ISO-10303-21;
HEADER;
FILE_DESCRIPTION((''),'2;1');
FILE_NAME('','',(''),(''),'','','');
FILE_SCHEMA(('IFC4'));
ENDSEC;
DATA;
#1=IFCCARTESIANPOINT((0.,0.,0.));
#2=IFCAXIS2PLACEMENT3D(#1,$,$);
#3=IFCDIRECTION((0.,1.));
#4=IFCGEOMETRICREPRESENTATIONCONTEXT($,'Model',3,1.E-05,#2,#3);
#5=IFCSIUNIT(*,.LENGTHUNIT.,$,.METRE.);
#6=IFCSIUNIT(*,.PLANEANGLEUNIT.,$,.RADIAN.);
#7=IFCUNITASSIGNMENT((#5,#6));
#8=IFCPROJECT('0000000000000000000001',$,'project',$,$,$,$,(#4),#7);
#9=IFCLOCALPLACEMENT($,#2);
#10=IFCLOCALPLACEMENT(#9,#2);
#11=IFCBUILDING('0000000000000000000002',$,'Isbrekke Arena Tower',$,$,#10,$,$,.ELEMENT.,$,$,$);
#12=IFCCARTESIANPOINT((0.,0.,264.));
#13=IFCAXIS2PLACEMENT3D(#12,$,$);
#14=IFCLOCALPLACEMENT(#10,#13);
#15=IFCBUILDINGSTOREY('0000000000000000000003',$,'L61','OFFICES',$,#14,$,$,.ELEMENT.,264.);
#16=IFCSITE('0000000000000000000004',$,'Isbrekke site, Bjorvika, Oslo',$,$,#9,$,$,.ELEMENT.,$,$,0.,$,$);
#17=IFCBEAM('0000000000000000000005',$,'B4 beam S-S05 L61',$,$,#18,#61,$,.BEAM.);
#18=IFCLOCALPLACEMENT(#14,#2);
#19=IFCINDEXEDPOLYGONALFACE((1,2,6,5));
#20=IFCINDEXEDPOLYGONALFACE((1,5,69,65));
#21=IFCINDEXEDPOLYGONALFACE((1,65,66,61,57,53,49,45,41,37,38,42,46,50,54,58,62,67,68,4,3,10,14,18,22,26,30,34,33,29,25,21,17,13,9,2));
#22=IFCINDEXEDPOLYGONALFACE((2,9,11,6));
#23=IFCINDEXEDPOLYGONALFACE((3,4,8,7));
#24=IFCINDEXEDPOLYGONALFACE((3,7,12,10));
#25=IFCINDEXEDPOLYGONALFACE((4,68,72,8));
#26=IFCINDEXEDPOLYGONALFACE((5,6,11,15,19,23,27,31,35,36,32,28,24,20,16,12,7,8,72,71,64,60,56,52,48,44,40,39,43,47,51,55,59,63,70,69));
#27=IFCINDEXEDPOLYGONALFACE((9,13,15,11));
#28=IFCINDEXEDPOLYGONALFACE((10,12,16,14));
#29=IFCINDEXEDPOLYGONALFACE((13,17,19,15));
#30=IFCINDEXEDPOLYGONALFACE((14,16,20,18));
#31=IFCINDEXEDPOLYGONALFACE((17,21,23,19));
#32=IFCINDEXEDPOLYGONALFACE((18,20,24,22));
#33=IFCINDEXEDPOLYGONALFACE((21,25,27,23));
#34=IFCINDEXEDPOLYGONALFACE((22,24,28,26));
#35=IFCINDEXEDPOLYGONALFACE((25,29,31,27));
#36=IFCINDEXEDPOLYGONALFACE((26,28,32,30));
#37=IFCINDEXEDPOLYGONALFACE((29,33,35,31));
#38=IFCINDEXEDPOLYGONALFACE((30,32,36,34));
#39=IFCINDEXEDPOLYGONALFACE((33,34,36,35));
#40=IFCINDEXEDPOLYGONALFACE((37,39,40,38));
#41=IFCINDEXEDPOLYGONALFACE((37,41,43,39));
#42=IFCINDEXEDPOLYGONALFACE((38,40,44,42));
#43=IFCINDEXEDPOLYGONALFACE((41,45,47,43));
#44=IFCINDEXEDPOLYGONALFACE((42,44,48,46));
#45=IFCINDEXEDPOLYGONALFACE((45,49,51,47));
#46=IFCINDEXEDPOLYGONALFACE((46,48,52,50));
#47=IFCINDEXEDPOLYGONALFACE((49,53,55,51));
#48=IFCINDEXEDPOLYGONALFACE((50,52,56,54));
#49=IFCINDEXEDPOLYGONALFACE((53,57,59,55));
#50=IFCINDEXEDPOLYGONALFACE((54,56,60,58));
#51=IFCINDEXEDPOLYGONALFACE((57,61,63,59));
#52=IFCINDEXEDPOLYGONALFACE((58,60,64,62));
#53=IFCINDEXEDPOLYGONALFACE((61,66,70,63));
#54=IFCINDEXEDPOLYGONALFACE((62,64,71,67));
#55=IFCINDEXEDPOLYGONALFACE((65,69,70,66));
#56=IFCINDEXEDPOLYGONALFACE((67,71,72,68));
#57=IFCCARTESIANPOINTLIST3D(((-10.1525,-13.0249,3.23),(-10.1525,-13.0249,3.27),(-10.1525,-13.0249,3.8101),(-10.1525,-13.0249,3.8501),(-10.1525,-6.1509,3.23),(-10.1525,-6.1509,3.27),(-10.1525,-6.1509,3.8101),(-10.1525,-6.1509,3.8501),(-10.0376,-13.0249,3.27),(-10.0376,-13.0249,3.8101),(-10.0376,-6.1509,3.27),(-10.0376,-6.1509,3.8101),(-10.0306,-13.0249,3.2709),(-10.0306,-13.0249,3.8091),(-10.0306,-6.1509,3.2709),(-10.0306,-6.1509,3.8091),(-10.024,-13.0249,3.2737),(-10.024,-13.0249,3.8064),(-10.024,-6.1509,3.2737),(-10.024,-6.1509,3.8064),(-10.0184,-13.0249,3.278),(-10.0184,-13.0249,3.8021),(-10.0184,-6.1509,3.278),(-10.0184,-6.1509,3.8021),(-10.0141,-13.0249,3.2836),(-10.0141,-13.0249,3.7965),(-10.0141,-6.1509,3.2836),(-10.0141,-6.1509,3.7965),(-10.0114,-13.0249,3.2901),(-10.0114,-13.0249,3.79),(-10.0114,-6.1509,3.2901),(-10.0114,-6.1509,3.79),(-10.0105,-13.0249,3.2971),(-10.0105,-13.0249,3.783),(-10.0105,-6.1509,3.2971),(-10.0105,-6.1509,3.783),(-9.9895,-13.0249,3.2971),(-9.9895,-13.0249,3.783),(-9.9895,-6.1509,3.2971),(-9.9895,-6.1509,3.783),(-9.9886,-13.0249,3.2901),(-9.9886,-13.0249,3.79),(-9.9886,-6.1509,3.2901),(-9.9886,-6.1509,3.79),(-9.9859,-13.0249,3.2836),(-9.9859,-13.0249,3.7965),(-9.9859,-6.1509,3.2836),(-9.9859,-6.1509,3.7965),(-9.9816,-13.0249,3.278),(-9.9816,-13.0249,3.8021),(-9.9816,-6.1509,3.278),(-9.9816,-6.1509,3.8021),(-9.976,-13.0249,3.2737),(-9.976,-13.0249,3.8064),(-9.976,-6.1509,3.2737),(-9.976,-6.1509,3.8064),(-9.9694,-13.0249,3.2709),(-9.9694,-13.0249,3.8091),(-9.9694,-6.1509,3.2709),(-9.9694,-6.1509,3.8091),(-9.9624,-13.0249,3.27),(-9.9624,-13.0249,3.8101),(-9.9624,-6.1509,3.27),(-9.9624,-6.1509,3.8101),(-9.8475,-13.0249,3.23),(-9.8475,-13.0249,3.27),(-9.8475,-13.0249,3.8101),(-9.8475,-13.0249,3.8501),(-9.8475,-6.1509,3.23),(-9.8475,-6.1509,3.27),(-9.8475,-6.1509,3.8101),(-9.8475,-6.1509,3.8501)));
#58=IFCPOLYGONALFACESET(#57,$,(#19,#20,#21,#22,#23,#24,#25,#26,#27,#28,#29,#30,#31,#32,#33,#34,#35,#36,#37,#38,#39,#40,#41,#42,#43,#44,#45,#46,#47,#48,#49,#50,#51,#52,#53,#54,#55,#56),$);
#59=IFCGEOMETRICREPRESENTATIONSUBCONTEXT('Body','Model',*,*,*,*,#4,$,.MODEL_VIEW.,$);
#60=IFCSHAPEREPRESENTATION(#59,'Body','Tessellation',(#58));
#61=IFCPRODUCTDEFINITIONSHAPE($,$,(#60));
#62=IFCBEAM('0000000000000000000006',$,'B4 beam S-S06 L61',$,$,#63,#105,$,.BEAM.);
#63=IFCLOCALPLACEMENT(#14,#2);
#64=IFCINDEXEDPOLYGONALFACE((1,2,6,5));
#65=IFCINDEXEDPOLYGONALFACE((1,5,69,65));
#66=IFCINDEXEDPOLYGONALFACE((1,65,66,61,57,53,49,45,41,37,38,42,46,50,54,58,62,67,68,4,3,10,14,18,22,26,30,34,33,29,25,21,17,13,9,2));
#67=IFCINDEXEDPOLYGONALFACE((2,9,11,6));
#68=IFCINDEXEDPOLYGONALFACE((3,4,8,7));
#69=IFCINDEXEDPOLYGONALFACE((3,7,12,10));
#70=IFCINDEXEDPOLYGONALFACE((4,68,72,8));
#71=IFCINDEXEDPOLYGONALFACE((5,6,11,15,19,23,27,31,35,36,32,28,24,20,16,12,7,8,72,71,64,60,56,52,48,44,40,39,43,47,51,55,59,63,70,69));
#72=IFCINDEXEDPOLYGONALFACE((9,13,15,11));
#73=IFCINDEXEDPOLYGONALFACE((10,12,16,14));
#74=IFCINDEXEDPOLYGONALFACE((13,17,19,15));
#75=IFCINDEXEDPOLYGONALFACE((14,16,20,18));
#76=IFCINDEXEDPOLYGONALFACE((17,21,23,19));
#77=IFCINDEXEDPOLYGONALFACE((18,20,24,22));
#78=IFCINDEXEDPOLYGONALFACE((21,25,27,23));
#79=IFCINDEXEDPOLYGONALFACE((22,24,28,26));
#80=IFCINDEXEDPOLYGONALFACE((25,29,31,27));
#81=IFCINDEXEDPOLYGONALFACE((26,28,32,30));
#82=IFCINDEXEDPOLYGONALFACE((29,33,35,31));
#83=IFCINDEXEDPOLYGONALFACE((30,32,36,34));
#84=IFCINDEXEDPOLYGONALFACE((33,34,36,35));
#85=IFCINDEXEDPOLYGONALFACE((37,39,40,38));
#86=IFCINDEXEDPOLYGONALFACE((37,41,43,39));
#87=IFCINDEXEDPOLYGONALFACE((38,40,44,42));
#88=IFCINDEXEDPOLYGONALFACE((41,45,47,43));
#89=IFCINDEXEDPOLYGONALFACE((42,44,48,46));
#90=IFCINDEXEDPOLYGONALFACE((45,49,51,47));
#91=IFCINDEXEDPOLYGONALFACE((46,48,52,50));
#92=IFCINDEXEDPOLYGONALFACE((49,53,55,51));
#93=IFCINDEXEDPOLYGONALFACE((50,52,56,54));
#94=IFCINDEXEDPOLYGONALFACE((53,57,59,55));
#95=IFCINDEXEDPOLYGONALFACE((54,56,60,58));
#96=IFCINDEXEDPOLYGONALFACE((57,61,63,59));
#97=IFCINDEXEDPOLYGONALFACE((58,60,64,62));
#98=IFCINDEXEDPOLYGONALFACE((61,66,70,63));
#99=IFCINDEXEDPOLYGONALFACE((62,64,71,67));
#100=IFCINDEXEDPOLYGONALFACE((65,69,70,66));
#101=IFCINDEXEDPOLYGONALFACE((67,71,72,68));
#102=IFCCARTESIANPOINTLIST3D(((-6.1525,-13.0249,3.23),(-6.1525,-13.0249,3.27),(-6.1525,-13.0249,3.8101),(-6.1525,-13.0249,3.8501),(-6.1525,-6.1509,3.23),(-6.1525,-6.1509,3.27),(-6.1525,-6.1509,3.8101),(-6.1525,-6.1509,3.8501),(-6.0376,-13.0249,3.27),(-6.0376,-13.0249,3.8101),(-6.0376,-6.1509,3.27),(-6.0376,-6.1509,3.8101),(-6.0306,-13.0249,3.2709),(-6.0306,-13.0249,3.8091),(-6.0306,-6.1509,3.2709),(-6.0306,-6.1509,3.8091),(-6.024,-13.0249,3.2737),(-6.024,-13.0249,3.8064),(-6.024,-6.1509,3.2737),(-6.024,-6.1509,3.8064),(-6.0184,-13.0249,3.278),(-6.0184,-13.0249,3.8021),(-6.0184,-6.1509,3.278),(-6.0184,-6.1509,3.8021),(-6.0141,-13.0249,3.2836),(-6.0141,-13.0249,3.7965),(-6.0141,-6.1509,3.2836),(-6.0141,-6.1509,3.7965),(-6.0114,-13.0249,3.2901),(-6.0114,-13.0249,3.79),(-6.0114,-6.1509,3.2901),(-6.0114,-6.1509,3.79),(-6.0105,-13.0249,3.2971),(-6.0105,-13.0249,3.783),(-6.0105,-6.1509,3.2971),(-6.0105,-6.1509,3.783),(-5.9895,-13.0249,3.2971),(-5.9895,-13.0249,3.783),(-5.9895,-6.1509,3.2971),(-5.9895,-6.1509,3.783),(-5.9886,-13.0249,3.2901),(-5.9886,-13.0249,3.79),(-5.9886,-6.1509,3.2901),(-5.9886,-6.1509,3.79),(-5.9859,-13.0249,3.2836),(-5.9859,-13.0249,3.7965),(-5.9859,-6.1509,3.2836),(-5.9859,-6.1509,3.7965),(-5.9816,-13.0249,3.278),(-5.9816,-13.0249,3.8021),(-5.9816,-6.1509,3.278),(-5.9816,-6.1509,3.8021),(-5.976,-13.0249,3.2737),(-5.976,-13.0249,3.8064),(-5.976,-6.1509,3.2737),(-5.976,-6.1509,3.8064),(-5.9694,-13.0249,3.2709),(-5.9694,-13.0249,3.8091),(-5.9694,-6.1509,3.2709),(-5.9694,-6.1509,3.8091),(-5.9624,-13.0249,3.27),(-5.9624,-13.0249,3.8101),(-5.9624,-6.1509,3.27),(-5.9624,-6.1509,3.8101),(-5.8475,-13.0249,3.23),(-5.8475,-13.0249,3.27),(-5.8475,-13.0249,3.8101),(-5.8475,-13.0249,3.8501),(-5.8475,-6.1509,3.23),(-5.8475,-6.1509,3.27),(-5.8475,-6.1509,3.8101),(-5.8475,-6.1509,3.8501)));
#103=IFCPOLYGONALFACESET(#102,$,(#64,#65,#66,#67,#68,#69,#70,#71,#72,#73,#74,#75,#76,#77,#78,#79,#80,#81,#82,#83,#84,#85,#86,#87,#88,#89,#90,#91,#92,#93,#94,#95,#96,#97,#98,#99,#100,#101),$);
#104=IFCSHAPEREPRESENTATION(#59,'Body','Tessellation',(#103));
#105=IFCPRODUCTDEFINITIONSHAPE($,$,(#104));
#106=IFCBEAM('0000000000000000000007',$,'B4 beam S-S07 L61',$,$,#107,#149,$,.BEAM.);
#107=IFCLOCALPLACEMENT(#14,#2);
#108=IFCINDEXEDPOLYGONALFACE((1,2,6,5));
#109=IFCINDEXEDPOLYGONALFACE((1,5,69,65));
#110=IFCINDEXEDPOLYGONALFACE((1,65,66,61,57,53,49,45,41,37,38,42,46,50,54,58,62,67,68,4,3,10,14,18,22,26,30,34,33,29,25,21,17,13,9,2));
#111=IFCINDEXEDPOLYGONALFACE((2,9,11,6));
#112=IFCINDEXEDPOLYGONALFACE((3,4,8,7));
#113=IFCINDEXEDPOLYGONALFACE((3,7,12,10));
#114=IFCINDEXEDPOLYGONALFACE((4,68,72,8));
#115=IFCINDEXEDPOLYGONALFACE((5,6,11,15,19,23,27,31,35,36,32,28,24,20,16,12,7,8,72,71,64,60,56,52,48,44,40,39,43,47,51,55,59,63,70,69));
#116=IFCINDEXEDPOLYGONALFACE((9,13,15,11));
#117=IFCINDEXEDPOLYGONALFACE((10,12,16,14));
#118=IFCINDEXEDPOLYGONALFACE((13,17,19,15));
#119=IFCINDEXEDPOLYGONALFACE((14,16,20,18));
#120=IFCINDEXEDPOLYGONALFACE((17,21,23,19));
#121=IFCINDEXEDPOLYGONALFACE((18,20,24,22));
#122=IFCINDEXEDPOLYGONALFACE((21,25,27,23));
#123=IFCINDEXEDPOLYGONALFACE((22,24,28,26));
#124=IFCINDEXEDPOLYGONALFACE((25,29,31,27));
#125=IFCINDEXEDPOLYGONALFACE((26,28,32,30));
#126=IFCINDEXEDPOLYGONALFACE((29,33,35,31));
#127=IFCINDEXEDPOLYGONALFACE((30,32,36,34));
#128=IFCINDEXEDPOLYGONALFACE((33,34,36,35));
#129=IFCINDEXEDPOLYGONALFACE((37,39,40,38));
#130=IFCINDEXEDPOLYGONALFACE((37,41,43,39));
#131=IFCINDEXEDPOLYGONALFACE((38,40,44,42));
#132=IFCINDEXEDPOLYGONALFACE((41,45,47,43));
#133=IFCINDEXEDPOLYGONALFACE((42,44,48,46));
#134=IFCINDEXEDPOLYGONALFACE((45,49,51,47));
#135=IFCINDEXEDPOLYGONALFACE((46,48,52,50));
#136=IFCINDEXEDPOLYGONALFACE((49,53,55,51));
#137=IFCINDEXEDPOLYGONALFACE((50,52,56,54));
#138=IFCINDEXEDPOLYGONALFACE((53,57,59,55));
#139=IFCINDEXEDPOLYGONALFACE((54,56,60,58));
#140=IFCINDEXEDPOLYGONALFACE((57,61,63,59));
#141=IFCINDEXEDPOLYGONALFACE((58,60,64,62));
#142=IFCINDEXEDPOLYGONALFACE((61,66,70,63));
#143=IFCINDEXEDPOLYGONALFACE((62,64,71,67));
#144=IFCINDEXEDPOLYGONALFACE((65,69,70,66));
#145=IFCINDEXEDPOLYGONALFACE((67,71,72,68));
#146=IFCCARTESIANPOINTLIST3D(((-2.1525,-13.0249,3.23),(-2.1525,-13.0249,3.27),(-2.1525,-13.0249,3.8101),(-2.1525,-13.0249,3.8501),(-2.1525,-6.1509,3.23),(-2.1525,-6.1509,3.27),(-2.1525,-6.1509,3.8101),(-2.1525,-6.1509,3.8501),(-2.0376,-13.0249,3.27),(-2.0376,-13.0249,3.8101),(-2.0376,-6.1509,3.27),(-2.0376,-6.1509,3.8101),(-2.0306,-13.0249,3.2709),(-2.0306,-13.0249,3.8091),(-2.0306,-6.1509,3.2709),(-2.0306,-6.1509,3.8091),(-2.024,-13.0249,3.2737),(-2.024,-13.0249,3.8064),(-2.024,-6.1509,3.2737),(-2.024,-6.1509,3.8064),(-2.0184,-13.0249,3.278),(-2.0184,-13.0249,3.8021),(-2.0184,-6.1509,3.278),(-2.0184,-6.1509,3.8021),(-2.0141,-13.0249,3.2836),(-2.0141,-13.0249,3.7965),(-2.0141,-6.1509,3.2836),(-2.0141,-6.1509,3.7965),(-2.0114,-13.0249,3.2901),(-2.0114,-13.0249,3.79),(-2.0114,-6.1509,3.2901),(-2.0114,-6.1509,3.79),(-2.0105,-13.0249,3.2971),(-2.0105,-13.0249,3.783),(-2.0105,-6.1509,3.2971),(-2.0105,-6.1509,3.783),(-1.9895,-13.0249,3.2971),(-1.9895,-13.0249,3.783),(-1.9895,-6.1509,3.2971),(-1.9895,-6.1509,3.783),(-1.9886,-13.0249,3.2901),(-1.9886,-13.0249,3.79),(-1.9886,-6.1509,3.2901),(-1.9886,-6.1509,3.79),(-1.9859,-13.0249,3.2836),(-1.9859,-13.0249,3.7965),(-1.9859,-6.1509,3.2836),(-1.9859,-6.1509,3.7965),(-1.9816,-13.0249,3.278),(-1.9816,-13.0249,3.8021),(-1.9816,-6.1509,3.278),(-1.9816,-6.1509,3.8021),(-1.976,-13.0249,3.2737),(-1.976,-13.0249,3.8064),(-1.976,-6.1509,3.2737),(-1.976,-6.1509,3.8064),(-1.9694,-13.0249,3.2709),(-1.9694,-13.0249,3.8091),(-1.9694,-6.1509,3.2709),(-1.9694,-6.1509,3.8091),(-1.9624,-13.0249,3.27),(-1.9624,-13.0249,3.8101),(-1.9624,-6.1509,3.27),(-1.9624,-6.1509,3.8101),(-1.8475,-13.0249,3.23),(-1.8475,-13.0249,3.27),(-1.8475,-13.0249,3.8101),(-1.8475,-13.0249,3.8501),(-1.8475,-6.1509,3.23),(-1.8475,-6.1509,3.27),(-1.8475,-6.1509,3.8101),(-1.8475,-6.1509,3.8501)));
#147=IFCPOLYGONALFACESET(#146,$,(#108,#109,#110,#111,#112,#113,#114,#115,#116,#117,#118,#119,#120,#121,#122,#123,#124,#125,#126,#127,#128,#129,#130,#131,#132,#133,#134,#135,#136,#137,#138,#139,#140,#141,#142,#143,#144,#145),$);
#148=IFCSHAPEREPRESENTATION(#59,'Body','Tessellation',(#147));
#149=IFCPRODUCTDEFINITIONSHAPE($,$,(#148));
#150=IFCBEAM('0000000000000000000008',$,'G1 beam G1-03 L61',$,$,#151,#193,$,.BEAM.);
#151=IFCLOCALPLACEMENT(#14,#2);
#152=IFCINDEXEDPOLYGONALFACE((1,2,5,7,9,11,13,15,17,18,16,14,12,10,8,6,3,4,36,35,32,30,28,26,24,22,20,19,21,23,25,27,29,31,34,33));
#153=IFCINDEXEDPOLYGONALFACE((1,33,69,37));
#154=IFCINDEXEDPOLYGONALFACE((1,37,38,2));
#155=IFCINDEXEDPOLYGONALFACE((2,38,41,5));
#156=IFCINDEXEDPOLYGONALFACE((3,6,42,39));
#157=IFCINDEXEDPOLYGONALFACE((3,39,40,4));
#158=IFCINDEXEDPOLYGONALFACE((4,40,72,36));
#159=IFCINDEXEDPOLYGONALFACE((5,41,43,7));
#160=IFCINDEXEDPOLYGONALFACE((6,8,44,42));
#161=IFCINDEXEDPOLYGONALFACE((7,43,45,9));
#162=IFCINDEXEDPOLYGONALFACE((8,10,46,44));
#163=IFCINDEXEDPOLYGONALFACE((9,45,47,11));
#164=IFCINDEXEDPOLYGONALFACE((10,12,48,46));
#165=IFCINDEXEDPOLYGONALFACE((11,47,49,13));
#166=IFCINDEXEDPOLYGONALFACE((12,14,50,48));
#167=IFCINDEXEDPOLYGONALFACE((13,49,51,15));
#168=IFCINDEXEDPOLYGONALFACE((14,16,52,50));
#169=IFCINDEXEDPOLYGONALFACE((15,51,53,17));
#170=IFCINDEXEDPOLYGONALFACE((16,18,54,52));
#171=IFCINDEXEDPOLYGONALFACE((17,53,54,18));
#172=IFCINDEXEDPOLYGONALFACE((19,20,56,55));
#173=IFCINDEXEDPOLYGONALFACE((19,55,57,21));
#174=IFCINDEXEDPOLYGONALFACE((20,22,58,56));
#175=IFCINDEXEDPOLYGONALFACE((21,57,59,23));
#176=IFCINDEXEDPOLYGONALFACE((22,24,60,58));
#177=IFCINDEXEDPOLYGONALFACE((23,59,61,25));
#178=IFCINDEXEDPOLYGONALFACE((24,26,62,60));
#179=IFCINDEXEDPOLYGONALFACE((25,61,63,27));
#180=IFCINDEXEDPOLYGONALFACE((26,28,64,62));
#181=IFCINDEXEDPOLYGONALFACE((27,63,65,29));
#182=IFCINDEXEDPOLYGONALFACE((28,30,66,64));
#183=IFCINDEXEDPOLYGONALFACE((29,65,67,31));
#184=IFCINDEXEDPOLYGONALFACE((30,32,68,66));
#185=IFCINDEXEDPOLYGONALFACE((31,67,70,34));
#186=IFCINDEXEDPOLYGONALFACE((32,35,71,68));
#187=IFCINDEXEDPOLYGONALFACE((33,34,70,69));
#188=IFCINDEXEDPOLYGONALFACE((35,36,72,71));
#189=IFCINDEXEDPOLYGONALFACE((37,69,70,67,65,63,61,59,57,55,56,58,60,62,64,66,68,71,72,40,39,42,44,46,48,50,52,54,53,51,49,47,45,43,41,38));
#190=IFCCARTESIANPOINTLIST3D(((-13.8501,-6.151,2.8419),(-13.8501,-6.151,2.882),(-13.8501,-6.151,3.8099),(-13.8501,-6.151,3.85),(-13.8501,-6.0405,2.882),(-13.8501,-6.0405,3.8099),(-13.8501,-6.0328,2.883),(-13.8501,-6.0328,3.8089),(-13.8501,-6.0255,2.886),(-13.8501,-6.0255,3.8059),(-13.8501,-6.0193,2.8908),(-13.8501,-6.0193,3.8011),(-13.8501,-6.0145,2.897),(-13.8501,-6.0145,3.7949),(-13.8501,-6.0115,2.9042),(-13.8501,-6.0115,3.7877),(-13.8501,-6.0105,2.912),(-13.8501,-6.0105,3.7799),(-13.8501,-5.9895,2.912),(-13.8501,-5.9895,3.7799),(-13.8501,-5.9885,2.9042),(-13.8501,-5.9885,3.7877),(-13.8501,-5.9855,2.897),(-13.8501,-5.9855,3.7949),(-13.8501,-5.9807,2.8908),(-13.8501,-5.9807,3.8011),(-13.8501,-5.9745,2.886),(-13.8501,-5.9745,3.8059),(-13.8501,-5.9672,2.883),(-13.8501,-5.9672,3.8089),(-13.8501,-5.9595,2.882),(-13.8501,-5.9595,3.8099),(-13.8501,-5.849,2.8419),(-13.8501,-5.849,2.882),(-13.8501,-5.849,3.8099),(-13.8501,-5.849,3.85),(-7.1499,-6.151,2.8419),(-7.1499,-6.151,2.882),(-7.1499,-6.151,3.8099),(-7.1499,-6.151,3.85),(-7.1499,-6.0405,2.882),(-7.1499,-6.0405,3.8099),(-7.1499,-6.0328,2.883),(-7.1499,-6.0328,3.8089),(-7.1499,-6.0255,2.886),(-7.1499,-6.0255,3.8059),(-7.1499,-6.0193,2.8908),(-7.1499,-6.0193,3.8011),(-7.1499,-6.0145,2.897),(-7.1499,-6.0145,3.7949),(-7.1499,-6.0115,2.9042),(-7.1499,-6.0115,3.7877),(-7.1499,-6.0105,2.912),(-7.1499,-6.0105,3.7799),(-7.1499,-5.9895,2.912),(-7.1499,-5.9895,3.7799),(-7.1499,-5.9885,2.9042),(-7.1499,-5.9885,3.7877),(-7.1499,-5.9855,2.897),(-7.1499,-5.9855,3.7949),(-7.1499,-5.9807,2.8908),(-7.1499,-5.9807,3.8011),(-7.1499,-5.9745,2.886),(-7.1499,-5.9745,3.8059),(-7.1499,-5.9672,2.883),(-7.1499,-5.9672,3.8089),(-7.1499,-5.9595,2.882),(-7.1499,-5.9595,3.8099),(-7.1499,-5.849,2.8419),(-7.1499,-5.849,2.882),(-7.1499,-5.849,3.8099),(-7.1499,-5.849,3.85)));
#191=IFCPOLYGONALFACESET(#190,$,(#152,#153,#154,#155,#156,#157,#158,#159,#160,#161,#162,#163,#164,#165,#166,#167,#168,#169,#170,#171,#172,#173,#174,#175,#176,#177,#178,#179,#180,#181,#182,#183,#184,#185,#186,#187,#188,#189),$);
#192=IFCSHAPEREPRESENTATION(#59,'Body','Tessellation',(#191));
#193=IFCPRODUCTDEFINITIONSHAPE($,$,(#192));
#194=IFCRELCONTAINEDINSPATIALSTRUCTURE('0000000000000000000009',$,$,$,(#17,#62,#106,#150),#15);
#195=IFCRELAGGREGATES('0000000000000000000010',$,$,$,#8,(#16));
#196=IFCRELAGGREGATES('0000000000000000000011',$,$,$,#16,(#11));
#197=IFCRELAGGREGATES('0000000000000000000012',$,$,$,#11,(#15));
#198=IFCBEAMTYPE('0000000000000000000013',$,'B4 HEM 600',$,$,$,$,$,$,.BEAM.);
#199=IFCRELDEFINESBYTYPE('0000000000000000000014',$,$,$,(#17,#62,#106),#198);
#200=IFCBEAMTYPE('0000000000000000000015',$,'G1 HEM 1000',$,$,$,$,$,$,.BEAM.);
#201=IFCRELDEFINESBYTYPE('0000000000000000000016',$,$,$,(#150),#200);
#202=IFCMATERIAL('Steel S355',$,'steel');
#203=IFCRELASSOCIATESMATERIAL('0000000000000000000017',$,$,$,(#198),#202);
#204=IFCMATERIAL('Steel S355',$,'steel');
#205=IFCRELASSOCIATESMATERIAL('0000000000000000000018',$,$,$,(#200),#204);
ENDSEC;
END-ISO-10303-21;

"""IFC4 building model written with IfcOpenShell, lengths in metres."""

from ifc_helpers import new_model, si_unit, direction, frame, origin, origin_2d, place, context, subcontext, project, spatial, i_section, extrude, material, material_profile, profile_set, type_object, element, save


model = new_model("IFC4")

# Units and contexts
model_context = context("Model", 3, precision=1e-05, world=origin(), true_north=direction((0.0, 1.0)))
body_context = subcontext(model_context, "Body", "Model", "MODEL_VIEW")
ifc_project = project(units=[si_unit("LENGTHUNIT", "METRE"), si_unit("PLANEANGLEUNIT", "RADIAN")], contexts=[model_context])

# Site, building, storey
site_placement = place(None, origin())
site = spatial("IfcSite", under=ifc_project, at=site_placement, Name="Isbrekke site, Bjorvika, Oslo", CompositionType="ELEMENT", RefElevation=0.0)
building_placement = place(site_placement, origin())
building = spatial("IfcBuilding", under=site, at=building_placement, Name="Isbrekke Arena Tower", CompositionType="ELEMENT")
storey_placement = place(building_placement, frame((0.0, 0.0, 264.0)))
storey = spatial("IfcBuildingStorey", under=building, at=storey_placement, Name="L61", Description="OFFICES", CompositionType="ELEMENT", Elevation=264.0)

# Beams
ifc_material_1 = material(Name="Steel S355", Category="steel")
ifc_material_profile_1 = material_profile(ifc_material_1, i_section(OverallWidth=0.3049, OverallDepth=0.6201, WebThickness=0.021, FlangeThickness=0.04, FilletRadius=0.0271, at=origin_2d()), Name="HEM 600")
ifc_profile_set_1 = profile_set([ifc_material_profile_1], Name="Steel S355")
beam_type_1 = type_object("IfcBeamType", Name="B4 HEM 600", PredefinedType="BEAM", material=ifc_profile_set_1)
for number, where, z_axis, x_axis, name in (
    (1, (-10.0, -13.0249, 3.54), (0.0, 1.0, 0.0), (-1.0, 0.0, 0.0), "B4 beam S-S05 L61"),
    (2, (-6.0, -13.0249, 3.54), (0.0, 1.0, 0.0), (-1.0, 0.0, 0.0), "B4 beam S-S06 L61"),
    (3, (-2.0, -13.0249, 3.54), (0.0, 1.0, 0.0), (-1.0, 0.0, 0.0), "B4 beam S-S07 L61"),
):
    element("IfcBeam", number, at=place(storey_placement, frame(where, z_axis=z_axis, x_axis=x_axis)), inside=storey, type_object=beam_type_1, Name=name, PredefinedType="BEAM", context=body_context, shape_type="SweptSolid", body=[
        extrude(i_section(OverallWidth=0.3049, OverallDepth=0.6201, WebThickness=0.021, FlangeThickness=0.04, FilletRadius=0.0271, at=origin_2d()), origin(), (0.0, 0.0, 1.0), 6.874),
    ])
ifc_material_2 = material(Name="Steel S355", Category="steel")
ifc_material_profile_2 = material_profile(ifc_material_2, i_section(OverallWidth=0.302, OverallDepth=1.0081, WebThickness=0.021, FlangeThickness=0.04, FilletRadius=0.03, at=origin_2d()), Name="HEM 1000")
ifc_profile_set_2 = profile_set([ifc_material_profile_2], Name="Steel S355")
beam_type_2 = type_object("IfcBeamType", Name="G1 HEM 1000", PredefinedType="BEAM", material=ifc_profile_set_2)
for number, where, z_axis, x_axis, name in (
    (4, (-13.8501, -6.0, 3.3459), (1.0, 0.0, 0.0), (0.0, 1.0, 0.0), "G1 beam G1-03 L61"),
):
    element("IfcBeam", number, at=place(storey_placement, frame(where, z_axis=z_axis, x_axis=x_axis)), inside=storey, type_object=beam_type_2, Name=name, PredefinedType="BEAM", context=body_context, shape_type="SweptSolid", body=[
        extrude(i_section(OverallWidth=0.302, OverallDepth=1.0081, WebThickness=0.021, FlangeThickness=0.04, FilletRadius=0.03, at=origin_2d()), origin(), (0.0, 0.0, 1.0), 6.7002),
    ])

save(model, "model.ifc")
